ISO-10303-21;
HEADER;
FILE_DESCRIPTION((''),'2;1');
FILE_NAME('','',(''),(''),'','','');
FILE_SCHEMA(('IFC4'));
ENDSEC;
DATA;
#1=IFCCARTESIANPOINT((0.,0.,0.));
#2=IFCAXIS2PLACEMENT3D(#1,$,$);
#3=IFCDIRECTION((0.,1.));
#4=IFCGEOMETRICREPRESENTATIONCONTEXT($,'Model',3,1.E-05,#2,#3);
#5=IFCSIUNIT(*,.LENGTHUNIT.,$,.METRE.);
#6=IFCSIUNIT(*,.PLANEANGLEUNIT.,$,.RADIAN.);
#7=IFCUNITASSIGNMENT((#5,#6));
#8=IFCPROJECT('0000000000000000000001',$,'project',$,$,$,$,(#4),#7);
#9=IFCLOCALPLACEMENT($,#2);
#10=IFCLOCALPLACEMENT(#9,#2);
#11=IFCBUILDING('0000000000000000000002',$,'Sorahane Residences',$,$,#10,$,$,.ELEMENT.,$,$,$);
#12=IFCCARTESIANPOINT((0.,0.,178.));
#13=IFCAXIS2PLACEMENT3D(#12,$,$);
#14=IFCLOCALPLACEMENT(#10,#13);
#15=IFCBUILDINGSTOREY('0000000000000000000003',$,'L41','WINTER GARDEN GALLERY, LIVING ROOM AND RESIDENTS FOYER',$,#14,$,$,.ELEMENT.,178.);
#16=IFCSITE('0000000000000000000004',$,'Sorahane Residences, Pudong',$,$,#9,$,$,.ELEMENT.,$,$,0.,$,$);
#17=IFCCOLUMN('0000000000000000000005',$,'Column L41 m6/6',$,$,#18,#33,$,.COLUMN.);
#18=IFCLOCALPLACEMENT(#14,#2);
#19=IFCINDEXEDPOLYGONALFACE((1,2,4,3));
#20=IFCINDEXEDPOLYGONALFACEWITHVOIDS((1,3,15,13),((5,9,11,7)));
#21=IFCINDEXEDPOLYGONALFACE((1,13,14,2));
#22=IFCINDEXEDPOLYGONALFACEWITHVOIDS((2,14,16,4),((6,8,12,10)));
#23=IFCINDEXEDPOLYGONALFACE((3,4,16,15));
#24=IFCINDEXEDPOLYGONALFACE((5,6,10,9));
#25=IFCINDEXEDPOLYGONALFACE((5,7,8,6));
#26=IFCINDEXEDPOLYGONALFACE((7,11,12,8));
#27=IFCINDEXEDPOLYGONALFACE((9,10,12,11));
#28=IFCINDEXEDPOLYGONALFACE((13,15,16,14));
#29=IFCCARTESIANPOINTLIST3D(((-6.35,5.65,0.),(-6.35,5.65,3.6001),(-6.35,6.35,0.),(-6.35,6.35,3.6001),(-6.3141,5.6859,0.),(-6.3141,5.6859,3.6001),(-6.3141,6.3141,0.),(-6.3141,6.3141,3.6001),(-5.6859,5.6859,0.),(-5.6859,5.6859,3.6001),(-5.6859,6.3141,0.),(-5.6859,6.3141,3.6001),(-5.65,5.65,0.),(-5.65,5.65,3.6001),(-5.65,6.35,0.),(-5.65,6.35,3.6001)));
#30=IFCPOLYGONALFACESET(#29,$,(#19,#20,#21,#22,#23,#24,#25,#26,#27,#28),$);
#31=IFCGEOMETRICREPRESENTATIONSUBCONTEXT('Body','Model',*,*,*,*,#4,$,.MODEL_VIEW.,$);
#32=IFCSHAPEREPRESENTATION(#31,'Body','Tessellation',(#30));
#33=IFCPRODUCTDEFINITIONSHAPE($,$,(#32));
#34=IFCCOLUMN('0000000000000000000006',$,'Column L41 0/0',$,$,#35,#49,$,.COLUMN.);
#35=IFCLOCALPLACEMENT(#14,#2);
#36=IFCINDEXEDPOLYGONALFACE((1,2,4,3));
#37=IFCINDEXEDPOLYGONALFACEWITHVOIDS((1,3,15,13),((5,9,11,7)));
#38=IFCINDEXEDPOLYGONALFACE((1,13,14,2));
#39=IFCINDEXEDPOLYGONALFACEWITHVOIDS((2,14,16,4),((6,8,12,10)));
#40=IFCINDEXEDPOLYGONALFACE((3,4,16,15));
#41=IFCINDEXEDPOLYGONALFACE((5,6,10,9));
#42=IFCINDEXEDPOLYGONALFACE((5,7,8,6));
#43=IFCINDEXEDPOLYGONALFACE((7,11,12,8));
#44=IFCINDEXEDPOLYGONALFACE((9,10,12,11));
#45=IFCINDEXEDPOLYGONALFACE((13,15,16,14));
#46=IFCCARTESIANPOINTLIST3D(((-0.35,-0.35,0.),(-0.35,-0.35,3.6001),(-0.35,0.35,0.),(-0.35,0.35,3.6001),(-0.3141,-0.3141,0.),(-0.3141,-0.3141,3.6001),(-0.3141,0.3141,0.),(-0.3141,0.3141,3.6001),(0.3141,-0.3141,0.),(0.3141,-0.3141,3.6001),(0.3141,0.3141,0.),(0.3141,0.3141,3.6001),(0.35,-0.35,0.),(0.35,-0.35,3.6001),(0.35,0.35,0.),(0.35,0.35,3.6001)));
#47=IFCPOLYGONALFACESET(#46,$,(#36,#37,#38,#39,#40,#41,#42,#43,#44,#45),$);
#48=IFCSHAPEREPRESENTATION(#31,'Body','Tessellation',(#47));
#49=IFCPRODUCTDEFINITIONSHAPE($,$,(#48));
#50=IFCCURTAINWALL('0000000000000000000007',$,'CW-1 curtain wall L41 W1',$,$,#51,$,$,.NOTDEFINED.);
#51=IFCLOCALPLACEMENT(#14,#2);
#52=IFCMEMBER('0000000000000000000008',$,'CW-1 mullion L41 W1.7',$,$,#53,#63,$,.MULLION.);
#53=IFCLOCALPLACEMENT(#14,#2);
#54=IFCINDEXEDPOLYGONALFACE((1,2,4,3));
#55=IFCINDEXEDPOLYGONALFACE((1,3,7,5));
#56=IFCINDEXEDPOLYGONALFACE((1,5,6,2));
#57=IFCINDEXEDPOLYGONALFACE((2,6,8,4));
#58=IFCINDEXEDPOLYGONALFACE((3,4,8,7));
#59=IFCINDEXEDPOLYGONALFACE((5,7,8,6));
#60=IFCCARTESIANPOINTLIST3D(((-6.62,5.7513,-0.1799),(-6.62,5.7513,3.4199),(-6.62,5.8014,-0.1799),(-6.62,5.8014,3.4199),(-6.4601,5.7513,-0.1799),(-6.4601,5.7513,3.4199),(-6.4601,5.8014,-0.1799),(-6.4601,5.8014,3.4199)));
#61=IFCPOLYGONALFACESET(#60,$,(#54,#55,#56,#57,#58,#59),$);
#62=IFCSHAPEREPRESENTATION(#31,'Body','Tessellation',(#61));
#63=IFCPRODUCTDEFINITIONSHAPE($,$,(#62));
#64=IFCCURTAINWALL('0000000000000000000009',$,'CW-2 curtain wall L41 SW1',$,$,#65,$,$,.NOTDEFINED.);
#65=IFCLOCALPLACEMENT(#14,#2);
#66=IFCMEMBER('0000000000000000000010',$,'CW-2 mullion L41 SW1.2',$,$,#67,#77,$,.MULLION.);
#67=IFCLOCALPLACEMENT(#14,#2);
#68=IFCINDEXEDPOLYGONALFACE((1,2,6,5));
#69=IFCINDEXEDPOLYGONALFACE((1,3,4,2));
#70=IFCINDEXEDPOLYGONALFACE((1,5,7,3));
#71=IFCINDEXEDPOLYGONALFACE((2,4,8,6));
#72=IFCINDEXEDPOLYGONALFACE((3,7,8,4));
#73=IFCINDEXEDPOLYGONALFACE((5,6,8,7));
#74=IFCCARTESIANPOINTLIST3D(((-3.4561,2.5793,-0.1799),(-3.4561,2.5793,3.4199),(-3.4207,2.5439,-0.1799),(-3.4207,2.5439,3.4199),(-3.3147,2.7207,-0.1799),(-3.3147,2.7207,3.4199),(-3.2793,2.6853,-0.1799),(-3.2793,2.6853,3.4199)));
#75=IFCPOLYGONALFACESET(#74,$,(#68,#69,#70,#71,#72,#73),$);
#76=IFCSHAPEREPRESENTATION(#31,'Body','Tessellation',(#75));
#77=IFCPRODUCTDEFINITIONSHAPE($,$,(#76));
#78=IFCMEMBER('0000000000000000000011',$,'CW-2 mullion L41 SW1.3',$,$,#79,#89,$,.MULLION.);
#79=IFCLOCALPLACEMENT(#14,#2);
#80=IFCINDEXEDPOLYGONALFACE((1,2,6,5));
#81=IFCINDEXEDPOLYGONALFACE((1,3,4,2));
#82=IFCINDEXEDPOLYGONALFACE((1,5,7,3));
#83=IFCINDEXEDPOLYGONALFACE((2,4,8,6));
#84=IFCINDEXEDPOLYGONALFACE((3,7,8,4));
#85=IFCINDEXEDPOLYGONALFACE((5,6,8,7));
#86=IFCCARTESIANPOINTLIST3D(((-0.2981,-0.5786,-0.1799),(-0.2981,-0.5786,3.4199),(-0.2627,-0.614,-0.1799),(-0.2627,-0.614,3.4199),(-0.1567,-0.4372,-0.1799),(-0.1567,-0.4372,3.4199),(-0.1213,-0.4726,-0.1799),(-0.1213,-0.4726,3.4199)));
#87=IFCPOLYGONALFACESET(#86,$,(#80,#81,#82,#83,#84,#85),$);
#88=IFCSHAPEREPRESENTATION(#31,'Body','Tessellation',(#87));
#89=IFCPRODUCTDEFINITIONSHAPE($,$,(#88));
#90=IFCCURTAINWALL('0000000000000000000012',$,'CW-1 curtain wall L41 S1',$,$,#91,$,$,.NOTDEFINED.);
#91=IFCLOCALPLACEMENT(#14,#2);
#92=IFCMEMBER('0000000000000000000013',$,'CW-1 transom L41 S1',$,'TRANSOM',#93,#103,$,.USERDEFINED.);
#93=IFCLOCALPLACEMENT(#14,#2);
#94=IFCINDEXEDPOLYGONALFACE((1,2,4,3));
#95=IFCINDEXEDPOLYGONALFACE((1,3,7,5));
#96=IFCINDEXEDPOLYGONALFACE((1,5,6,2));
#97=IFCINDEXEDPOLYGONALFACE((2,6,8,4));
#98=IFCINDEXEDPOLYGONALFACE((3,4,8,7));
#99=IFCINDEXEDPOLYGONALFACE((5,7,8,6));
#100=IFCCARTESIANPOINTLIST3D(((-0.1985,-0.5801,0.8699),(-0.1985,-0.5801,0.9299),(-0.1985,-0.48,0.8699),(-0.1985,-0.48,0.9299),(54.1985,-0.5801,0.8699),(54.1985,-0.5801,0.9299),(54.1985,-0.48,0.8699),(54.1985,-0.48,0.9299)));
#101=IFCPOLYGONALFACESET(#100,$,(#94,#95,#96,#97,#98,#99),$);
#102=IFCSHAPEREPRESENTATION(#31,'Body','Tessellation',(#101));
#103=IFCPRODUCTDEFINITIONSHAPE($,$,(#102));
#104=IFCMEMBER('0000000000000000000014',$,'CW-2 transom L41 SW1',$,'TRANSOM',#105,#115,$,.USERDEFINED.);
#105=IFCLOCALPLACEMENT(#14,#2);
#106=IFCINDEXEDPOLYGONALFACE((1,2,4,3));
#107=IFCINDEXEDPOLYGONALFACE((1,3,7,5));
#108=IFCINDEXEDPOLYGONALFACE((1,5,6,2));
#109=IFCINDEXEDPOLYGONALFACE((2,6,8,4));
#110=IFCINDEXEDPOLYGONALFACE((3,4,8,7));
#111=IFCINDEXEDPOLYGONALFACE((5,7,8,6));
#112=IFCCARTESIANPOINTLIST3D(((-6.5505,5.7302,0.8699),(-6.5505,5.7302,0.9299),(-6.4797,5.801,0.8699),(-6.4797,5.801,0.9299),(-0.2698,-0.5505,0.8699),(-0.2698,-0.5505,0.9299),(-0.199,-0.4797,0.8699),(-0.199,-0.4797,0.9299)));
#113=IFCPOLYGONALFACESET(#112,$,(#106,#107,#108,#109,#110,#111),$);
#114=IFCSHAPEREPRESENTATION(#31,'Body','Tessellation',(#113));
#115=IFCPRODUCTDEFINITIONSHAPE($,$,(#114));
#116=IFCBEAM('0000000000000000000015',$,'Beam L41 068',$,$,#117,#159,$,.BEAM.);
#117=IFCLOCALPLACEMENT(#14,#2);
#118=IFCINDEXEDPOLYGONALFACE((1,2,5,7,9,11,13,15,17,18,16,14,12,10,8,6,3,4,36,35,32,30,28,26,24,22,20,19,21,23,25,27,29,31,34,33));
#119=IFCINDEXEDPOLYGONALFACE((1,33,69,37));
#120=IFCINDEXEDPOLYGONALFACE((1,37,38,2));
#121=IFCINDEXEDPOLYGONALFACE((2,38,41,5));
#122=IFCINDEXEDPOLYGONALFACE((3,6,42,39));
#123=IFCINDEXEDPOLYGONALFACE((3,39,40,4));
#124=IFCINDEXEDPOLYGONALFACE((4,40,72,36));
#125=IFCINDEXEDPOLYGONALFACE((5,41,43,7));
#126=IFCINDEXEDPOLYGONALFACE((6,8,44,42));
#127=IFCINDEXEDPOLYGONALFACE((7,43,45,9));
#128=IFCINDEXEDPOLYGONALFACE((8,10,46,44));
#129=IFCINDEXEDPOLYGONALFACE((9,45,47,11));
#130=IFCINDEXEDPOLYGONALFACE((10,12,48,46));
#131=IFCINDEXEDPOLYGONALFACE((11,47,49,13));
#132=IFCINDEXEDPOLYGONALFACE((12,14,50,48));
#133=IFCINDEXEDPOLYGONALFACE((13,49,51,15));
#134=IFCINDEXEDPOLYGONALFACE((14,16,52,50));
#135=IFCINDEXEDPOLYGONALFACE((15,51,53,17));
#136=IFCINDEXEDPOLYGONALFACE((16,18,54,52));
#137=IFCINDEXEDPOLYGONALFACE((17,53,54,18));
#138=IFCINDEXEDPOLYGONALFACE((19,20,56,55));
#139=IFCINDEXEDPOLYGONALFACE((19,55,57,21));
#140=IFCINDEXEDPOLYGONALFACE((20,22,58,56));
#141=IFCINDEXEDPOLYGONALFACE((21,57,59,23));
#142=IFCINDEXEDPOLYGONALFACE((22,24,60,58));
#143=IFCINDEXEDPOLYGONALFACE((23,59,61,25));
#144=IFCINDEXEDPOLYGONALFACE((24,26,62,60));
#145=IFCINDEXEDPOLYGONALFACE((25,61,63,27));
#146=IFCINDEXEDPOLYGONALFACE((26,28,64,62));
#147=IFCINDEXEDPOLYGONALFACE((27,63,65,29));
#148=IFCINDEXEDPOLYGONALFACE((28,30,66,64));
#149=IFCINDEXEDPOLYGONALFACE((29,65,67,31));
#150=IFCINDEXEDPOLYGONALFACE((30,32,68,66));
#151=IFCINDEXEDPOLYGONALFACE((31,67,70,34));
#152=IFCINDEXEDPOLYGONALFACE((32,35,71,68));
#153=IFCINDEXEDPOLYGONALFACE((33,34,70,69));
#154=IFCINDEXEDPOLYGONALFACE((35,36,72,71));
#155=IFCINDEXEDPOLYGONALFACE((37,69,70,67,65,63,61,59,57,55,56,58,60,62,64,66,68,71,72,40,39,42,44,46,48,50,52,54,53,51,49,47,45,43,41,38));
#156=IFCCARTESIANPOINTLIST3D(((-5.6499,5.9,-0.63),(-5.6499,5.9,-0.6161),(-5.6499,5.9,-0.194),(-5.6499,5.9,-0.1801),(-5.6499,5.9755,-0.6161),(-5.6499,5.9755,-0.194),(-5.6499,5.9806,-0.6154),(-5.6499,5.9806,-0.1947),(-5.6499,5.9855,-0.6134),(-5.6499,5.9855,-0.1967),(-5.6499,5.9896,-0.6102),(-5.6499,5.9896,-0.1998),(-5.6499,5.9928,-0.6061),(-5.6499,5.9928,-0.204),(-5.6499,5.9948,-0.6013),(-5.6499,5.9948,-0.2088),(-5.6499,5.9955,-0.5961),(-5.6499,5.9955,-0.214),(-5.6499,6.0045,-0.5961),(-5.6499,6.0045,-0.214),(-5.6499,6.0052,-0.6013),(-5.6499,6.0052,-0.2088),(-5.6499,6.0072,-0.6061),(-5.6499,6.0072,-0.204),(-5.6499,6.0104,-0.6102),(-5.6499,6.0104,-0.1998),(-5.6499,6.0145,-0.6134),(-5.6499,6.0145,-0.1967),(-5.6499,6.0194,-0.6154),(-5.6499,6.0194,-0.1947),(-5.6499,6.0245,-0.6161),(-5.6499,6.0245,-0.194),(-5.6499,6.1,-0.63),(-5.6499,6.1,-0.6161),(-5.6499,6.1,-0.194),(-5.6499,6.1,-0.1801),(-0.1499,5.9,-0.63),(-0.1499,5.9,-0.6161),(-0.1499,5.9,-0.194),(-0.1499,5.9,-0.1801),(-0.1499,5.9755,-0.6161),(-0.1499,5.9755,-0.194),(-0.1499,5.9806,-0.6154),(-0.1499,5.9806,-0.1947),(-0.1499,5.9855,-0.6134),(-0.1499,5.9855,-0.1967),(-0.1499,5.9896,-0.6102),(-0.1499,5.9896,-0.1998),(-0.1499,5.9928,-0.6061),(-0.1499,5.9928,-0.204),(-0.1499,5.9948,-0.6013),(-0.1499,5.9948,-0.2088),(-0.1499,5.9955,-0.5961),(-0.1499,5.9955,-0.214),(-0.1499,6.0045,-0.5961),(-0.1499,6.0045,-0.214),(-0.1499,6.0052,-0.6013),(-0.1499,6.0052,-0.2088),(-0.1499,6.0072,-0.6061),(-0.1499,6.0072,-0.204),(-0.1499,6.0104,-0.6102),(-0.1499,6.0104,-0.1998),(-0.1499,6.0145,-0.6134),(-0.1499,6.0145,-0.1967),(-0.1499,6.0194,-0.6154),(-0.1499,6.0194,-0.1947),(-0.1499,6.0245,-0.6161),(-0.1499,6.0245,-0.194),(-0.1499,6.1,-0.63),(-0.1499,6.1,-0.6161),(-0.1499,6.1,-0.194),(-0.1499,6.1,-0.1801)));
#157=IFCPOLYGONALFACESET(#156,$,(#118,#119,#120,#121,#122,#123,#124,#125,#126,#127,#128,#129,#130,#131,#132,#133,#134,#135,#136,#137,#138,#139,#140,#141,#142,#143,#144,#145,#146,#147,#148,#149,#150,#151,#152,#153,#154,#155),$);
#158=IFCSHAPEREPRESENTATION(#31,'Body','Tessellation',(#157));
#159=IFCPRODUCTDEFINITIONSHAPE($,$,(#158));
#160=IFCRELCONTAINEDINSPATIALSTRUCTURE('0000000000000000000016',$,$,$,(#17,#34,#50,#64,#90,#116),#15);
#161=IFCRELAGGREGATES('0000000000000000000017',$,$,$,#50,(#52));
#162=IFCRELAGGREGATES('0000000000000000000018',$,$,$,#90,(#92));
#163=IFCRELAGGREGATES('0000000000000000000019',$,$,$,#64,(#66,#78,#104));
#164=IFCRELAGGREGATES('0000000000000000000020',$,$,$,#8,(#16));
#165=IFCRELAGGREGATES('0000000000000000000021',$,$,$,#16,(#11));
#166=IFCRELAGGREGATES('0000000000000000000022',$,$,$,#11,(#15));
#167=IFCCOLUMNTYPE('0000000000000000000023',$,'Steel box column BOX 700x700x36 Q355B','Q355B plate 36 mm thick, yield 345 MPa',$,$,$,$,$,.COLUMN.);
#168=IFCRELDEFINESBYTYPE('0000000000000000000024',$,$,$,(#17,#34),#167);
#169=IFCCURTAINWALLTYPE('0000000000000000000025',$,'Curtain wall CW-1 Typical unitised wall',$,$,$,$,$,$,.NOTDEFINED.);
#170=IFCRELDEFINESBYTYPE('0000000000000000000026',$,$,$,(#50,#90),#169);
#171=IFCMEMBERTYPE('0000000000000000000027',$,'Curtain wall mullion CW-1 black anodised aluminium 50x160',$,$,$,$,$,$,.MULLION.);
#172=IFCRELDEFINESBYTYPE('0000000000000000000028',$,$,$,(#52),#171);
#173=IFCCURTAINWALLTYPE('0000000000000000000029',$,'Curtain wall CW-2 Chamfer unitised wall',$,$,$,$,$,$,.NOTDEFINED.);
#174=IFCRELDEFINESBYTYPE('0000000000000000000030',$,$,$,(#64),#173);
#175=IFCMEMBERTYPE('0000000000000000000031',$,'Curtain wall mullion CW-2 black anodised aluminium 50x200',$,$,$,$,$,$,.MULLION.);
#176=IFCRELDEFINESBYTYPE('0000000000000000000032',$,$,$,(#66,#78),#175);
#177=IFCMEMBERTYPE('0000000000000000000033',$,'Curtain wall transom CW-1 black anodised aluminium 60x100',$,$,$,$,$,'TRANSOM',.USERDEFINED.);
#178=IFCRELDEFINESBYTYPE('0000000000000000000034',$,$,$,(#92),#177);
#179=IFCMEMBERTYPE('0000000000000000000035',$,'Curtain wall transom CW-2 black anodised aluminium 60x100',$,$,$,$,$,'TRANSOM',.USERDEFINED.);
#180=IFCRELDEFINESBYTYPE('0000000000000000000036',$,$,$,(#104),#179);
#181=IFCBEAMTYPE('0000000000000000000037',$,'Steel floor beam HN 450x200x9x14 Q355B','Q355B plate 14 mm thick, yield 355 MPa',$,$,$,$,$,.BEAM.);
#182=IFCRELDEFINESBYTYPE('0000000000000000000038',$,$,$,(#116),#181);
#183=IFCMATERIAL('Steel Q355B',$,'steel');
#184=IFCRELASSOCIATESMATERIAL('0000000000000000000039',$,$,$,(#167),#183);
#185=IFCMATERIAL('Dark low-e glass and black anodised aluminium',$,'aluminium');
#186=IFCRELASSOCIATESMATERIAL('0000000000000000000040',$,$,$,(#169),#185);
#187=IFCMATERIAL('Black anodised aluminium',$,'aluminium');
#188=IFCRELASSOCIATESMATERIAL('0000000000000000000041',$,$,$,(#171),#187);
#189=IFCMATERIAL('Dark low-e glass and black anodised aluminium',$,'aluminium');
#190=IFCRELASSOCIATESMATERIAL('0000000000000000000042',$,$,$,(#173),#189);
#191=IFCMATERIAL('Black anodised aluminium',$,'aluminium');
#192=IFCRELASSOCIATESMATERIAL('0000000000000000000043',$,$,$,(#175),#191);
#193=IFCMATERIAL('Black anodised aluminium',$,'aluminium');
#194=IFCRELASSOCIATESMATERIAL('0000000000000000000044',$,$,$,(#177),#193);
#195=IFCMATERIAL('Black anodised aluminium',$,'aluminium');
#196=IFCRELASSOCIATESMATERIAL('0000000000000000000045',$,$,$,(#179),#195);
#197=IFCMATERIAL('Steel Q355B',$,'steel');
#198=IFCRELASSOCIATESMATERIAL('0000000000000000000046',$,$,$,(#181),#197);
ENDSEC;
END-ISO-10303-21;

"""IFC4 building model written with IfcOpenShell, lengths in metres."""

from ifc_helpers import new_model, si_unit, direction, frame, origin, origin_2d, place, context, subcontext, project, spatial, rectangle, hollow_rectangle, i_section, extrude, material, material_profile, profile_set, type_object, element, aggregate, save


model = new_model("IFC4")

# Units and contexts
model_context = context("Model", 3, precision=1e-05, world=origin(), true_north=direction((0.0, 1.0)))
body_context = subcontext(model_context, "Body", "Model", "MODEL_VIEW")
ifc_project = project(units=[si_unit("LENGTHUNIT", "METRE"), si_unit("PLANEANGLEUNIT", "RADIAN")], contexts=[model_context])

# Site, building, storey
site_placement = place(None, origin())
site = spatial("IfcSite", under=ifc_project, at=site_placement, Name="Sorahane Residences, Pudong", CompositionType="ELEMENT", RefElevation=0.0)
building_placement = place(site_placement, origin())
building = spatial("IfcBuilding", under=site, at=building_placement, Name="Sorahane Residences", CompositionType="ELEMENT")
storey_placement = place(building_placement, frame((0.0, 0.0, 178.0)))
storey = spatial("IfcBuildingStorey", under=building, at=storey_placement, Name="L41", Description="WINTER GARDEN GALLERY, LIVING ROOM AND RESIDENTS FOYER", CompositionType="ELEMENT", Elevation=178.0)

# Columns
ifc_material_1 = material(Name="Steel Q355B", Category="steel")
ifc_material_profile_1 = material_profile(ifc_material_1, hollow_rectangle(XDim=0.7, YDim=0.7, WallThickness=0.0359, at=origin_2d()), Name="BOX 700x700x36")
ifc_profile_set_1 = profile_set([ifc_material_profile_1], Name="Steel Q355B")
column_type = type_object("IfcColumnType", Name="Steel box column BOX 700x700x36 Q355B", Description="Q355B plate 36 mm thick, yield 345 MPa", PredefinedType="COLUMN", material=ifc_profile_set_1)
for number, where, z_axis, x_axis, name in (
    (1, (-6.0, 6.0, 0.0), (0.0, 0.0, 1.0), (1.0, 0.0, 0.0), "Column L41 m6/6"),
    (2, (0.0, 0.0, 0.0), (0.0, 0.0, 1.0), (1.0, 0.0, 0.0), "Column L41 0/0"),
):
    element("IfcColumn", number, at=place(storey_placement, frame(where, z_axis=z_axis, x_axis=x_axis)), inside=storey, type_object=column_type, Name=name, PredefinedType="COLUMN", context=body_context, shape_type="SweptSolid", body=[
        extrude(hollow_rectangle(XDim=0.7, YDim=0.7, WallThickness=0.0359, at=origin_2d()), origin(), (0.0, 0.0, 1.0), 3.6001),
    ])

# Curtain wall, member
ifc_material_2 = material(Name="Dark low-e glass and black anodised aluminium", Category="aluminium")
curtain_wall_type_1 = type_object("IfcCurtainWallType", Name="Curtain wall CW-1 Typical unitised wall", PredefinedType="NOTDEFINED", material=ifc_material_2)
curtain_wall_1_placement = place(storey_placement, origin())
curtain_wall_1 = element("IfcCurtainWall", 3, at=curtain_wall_1_placement, inside=storey, type_object=curtain_wall_type_1, Name="CW-1 curtain wall L41 W1", PredefinedType="NOTDEFINED")
ifc_material_3 = material(Name="Black anodised aluminium", Category="aluminium")
ifc_material_profile_2 = material_profile(ifc_material_3, rectangle(XDim=0.1599, YDim=0.05, at=origin_2d()), Name="Curtain wall mullion CW-1 black anodised aluminium 50x160")
ifc_profile_set_2 = profile_set([ifc_material_profile_2], Name="Black anodised aluminium")
member_type_1 = type_object("IfcMemberType", Name="Curtain wall mullion CW-1 black anodised aluminium 50x160", PredefinedType="MULLION", material=ifc_profile_set_2)
member_1_placement = place(storey_placement, frame((-6.54, 5.7764, -0.1799), z_axis=(0.0, 0.0, 1.0), x_axis=(-1.0, 0.0, 0.0)))
member_1 = element("IfcMember", 4, at=member_1_placement, type_object=member_type_1, Name="CW-1 mullion L41 W1.7", PredefinedType="MULLION", context=body_context, shape_type="SweptSolid", body=[
    extrude(rectangle(XDim=0.1599, YDim=0.05, at=origin_2d()), origin(), (0.0, 0.0, 1.0), 3.5999),
])
aggregate(curtain_wall_1, [member_1])

# Curtain wall, members
ifc_material_4 = material(Name="Dark low-e glass and black anodised aluminium", Category="aluminium")
curtain_wall_type_2 = type_object("IfcCurtainWallType", Name="Curtain wall CW-2 Chamfer unitised wall", PredefinedType="NOTDEFINED", material=ifc_material_4)
curtain_wall_2_placement = place(storey_placement, origin())
curtain_wall_2 = element("IfcCurtainWall", 5, at=curtain_wall_2_placement, inside=storey, type_object=curtain_wall_type_2, Name="CW-2 curtain wall L41 SW1", PredefinedType="NOTDEFINED")
ifc_material_5 = material(Name="Black anodised aluminium", Category="aluminium")
ifc_material_profile_3 = material_profile(ifc_material_5, rectangle(XDim=0.2, YDim=0.05, at=origin_2d()), Name="Curtain wall mullion CW-2 black anodised aluminium 50x200")
ifc_profile_set_3 = profile_set([ifc_material_profile_3], Name="Black anodised aluminium")
member_type_2 = type_object("IfcMemberType", Name="Curtain wall mullion CW-2 black anodised aluminium 50x200", PredefinedType="MULLION", material=ifc_profile_set_3)
member_2_placement = place(storey_placement, frame((-3.3677, 2.6323, -0.1799), z_axis=(0.0, 0.0, 1.0), x_axis=(-0.707107, -0.707107, 0.0)))
member_2 = element("IfcMember", 6, at=member_2_placement, type_object=member_type_2, Name="CW-2 mullion L41 SW1.2", PredefinedType="MULLION", context=body_context, shape_type="SweptSolid", body=[
    extrude(rectangle(XDim=0.2, YDim=0.05, at=origin_2d()), origin(), (0.0, 0.0, 1.0), 3.5999),
])
member_3_placement = place(storey_placement, frame((-0.2097, -0.5256, -0.1799), z_axis=(0.0, 0.0, 1.0), x_axis=(-0.707107, -0.707107, 0.0)))
member_3 = element("IfcMember", 7, at=member_3_placement, type_object=member_type_2, Name="CW-2 mullion L41 SW1.3", PredefinedType="MULLION", context=body_context, shape_type="SweptSolid", body=[
    extrude(rectangle(XDim=0.2, YDim=0.05, at=origin_2d()), origin(), (0.0, 0.0, 1.0), 3.5999),
])

# Curtain wall, member
curtain_wall_3_placement = place(storey_placement, origin())
curtain_wall_3 = element("IfcCurtainWall", 8, at=curtain_wall_3_placement, inside=storey, type_object=curtain_wall_type_1, Name="CW-1 curtain wall L41 S1", PredefinedType="NOTDEFINED")
ifc_material_6 = material(Name="Black anodised aluminium", Category="aluminium")
ifc_material_profile_4 = material_profile(ifc_material_6, rectangle(XDim=0.1001, YDim=0.0601, at=origin_2d()), Name="Curtain wall transom CW-1 black anodised aluminium 60x100")
ifc_profile_set_4 = profile_set([ifc_material_profile_4], Name="Black anodised aluminium")
member_type_3 = type_object("IfcMemberType", Name="Curtain wall transom CW-1 black anodised aluminium 60x100", ElementType="TRANSOM", PredefinedType="USERDEFINED", material=ifc_profile_set_4)
member_4_placement = place(storey_placement, frame((-0.1985, -0.53, 0.8999), z_axis=(1.0, 0.0, 0.0), x_axis=(0.0, 1.0, 0.0)))
member_4 = element("IfcMember", 9, at=member_4_placement, type_object=member_type_3, Name="CW-1 transom L41 S1", ObjectType="TRANSOM", PredefinedType="USERDEFINED", context=body_context, shape_type="SweptSolid", body=[
    extrude(rectangle(XDim=0.1001, YDim=0.0601, at=origin_2d()), origin(), (0.0, 0.0, 1.0), 54.397),
])

# Member
ifc_material_7 = material(Name="Black anodised aluminium", Category="aluminium")
ifc_material_profile_5 = material_profile(ifc_material_7, rectangle(XDim=0.1001, YDim=0.0601, at=origin_2d()), Name="Curtain wall transom CW-2 black anodised aluminium 60x100")
ifc_profile_set_5 = profile_set([ifc_material_profile_5], Name="Black anodised aluminium")
member_type_4 = type_object("IfcMemberType", Name="Curtain wall transom CW-2 black anodised aluminium 60x100", ElementType="TRANSOM", PredefinedType="USERDEFINED", material=ifc_profile_set_5)
member_5_placement = place(storey_placement, frame((-6.5151, 5.7656, 0.8999), z_axis=(0.707107, -0.707107, 0.0), x_axis=(0.707107, 0.707107, 0.0)))
member_5 = element("IfcMember", 10, at=member_5_placement, type_object=member_type_4, Name="CW-2 transom L41 SW1", ObjectType="TRANSOM", PredefinedType="USERDEFINED", context=body_context, shape_type="SweptSolid", body=[
    extrude(rectangle(XDim=0.1001, YDim=0.0601, at=origin_2d()), origin(), (0.0, 0.0, 1.0), 8.8823),
])

# Beam
ifc_material_8 = material(Name="Steel Q355B", Category="steel")
ifc_material_profile_6 = material_profile(ifc_material_8, i_section(OverallWidth=0.2, OverallDepth=0.45, WebThickness=0.009, FlangeThickness=0.0139, FilletRadius=0.02, at=origin_2d()), Name="HN 450x200x9x14")
ifc_profile_set_6 = profile_set([ifc_material_profile_6], Name="Steel Q355B")
beam_type_1 = type_object("IfcBeamType", Name="Steel floor beam HN 450x200x9x14 Q355B", Description="Q355B plate 14 mm thick, yield 355 MPa", PredefinedType="BEAM", material=ifc_profile_set_6)
beam_1_placement = place(storey_placement, frame((-5.6499, 6.0, -0.405), z_axis=(1.0, 0.0, 0.0), x_axis=(0.0, 1.0, 0.0)))
element("IfcBeam", 11, at=beam_1_placement, inside=storey, type_object=beam_type_1, Name="Beam L41 068", PredefinedType="BEAM", context=body_context, shape_type="SweptSolid", body=[
    extrude(i_section(OverallWidth=0.2, OverallDepth=0.45, WebThickness=0.009, FlangeThickness=0.0139, FilletRadius=0.02, at=origin_2d()), origin(), (0.0, 0.0, 1.0), 5.5),
])

aggregate(curtain_wall_3, [member_4])
aggregate(curtain_wall_2, [member_2, member_3, member_5])

save(model, "model.ifc")
